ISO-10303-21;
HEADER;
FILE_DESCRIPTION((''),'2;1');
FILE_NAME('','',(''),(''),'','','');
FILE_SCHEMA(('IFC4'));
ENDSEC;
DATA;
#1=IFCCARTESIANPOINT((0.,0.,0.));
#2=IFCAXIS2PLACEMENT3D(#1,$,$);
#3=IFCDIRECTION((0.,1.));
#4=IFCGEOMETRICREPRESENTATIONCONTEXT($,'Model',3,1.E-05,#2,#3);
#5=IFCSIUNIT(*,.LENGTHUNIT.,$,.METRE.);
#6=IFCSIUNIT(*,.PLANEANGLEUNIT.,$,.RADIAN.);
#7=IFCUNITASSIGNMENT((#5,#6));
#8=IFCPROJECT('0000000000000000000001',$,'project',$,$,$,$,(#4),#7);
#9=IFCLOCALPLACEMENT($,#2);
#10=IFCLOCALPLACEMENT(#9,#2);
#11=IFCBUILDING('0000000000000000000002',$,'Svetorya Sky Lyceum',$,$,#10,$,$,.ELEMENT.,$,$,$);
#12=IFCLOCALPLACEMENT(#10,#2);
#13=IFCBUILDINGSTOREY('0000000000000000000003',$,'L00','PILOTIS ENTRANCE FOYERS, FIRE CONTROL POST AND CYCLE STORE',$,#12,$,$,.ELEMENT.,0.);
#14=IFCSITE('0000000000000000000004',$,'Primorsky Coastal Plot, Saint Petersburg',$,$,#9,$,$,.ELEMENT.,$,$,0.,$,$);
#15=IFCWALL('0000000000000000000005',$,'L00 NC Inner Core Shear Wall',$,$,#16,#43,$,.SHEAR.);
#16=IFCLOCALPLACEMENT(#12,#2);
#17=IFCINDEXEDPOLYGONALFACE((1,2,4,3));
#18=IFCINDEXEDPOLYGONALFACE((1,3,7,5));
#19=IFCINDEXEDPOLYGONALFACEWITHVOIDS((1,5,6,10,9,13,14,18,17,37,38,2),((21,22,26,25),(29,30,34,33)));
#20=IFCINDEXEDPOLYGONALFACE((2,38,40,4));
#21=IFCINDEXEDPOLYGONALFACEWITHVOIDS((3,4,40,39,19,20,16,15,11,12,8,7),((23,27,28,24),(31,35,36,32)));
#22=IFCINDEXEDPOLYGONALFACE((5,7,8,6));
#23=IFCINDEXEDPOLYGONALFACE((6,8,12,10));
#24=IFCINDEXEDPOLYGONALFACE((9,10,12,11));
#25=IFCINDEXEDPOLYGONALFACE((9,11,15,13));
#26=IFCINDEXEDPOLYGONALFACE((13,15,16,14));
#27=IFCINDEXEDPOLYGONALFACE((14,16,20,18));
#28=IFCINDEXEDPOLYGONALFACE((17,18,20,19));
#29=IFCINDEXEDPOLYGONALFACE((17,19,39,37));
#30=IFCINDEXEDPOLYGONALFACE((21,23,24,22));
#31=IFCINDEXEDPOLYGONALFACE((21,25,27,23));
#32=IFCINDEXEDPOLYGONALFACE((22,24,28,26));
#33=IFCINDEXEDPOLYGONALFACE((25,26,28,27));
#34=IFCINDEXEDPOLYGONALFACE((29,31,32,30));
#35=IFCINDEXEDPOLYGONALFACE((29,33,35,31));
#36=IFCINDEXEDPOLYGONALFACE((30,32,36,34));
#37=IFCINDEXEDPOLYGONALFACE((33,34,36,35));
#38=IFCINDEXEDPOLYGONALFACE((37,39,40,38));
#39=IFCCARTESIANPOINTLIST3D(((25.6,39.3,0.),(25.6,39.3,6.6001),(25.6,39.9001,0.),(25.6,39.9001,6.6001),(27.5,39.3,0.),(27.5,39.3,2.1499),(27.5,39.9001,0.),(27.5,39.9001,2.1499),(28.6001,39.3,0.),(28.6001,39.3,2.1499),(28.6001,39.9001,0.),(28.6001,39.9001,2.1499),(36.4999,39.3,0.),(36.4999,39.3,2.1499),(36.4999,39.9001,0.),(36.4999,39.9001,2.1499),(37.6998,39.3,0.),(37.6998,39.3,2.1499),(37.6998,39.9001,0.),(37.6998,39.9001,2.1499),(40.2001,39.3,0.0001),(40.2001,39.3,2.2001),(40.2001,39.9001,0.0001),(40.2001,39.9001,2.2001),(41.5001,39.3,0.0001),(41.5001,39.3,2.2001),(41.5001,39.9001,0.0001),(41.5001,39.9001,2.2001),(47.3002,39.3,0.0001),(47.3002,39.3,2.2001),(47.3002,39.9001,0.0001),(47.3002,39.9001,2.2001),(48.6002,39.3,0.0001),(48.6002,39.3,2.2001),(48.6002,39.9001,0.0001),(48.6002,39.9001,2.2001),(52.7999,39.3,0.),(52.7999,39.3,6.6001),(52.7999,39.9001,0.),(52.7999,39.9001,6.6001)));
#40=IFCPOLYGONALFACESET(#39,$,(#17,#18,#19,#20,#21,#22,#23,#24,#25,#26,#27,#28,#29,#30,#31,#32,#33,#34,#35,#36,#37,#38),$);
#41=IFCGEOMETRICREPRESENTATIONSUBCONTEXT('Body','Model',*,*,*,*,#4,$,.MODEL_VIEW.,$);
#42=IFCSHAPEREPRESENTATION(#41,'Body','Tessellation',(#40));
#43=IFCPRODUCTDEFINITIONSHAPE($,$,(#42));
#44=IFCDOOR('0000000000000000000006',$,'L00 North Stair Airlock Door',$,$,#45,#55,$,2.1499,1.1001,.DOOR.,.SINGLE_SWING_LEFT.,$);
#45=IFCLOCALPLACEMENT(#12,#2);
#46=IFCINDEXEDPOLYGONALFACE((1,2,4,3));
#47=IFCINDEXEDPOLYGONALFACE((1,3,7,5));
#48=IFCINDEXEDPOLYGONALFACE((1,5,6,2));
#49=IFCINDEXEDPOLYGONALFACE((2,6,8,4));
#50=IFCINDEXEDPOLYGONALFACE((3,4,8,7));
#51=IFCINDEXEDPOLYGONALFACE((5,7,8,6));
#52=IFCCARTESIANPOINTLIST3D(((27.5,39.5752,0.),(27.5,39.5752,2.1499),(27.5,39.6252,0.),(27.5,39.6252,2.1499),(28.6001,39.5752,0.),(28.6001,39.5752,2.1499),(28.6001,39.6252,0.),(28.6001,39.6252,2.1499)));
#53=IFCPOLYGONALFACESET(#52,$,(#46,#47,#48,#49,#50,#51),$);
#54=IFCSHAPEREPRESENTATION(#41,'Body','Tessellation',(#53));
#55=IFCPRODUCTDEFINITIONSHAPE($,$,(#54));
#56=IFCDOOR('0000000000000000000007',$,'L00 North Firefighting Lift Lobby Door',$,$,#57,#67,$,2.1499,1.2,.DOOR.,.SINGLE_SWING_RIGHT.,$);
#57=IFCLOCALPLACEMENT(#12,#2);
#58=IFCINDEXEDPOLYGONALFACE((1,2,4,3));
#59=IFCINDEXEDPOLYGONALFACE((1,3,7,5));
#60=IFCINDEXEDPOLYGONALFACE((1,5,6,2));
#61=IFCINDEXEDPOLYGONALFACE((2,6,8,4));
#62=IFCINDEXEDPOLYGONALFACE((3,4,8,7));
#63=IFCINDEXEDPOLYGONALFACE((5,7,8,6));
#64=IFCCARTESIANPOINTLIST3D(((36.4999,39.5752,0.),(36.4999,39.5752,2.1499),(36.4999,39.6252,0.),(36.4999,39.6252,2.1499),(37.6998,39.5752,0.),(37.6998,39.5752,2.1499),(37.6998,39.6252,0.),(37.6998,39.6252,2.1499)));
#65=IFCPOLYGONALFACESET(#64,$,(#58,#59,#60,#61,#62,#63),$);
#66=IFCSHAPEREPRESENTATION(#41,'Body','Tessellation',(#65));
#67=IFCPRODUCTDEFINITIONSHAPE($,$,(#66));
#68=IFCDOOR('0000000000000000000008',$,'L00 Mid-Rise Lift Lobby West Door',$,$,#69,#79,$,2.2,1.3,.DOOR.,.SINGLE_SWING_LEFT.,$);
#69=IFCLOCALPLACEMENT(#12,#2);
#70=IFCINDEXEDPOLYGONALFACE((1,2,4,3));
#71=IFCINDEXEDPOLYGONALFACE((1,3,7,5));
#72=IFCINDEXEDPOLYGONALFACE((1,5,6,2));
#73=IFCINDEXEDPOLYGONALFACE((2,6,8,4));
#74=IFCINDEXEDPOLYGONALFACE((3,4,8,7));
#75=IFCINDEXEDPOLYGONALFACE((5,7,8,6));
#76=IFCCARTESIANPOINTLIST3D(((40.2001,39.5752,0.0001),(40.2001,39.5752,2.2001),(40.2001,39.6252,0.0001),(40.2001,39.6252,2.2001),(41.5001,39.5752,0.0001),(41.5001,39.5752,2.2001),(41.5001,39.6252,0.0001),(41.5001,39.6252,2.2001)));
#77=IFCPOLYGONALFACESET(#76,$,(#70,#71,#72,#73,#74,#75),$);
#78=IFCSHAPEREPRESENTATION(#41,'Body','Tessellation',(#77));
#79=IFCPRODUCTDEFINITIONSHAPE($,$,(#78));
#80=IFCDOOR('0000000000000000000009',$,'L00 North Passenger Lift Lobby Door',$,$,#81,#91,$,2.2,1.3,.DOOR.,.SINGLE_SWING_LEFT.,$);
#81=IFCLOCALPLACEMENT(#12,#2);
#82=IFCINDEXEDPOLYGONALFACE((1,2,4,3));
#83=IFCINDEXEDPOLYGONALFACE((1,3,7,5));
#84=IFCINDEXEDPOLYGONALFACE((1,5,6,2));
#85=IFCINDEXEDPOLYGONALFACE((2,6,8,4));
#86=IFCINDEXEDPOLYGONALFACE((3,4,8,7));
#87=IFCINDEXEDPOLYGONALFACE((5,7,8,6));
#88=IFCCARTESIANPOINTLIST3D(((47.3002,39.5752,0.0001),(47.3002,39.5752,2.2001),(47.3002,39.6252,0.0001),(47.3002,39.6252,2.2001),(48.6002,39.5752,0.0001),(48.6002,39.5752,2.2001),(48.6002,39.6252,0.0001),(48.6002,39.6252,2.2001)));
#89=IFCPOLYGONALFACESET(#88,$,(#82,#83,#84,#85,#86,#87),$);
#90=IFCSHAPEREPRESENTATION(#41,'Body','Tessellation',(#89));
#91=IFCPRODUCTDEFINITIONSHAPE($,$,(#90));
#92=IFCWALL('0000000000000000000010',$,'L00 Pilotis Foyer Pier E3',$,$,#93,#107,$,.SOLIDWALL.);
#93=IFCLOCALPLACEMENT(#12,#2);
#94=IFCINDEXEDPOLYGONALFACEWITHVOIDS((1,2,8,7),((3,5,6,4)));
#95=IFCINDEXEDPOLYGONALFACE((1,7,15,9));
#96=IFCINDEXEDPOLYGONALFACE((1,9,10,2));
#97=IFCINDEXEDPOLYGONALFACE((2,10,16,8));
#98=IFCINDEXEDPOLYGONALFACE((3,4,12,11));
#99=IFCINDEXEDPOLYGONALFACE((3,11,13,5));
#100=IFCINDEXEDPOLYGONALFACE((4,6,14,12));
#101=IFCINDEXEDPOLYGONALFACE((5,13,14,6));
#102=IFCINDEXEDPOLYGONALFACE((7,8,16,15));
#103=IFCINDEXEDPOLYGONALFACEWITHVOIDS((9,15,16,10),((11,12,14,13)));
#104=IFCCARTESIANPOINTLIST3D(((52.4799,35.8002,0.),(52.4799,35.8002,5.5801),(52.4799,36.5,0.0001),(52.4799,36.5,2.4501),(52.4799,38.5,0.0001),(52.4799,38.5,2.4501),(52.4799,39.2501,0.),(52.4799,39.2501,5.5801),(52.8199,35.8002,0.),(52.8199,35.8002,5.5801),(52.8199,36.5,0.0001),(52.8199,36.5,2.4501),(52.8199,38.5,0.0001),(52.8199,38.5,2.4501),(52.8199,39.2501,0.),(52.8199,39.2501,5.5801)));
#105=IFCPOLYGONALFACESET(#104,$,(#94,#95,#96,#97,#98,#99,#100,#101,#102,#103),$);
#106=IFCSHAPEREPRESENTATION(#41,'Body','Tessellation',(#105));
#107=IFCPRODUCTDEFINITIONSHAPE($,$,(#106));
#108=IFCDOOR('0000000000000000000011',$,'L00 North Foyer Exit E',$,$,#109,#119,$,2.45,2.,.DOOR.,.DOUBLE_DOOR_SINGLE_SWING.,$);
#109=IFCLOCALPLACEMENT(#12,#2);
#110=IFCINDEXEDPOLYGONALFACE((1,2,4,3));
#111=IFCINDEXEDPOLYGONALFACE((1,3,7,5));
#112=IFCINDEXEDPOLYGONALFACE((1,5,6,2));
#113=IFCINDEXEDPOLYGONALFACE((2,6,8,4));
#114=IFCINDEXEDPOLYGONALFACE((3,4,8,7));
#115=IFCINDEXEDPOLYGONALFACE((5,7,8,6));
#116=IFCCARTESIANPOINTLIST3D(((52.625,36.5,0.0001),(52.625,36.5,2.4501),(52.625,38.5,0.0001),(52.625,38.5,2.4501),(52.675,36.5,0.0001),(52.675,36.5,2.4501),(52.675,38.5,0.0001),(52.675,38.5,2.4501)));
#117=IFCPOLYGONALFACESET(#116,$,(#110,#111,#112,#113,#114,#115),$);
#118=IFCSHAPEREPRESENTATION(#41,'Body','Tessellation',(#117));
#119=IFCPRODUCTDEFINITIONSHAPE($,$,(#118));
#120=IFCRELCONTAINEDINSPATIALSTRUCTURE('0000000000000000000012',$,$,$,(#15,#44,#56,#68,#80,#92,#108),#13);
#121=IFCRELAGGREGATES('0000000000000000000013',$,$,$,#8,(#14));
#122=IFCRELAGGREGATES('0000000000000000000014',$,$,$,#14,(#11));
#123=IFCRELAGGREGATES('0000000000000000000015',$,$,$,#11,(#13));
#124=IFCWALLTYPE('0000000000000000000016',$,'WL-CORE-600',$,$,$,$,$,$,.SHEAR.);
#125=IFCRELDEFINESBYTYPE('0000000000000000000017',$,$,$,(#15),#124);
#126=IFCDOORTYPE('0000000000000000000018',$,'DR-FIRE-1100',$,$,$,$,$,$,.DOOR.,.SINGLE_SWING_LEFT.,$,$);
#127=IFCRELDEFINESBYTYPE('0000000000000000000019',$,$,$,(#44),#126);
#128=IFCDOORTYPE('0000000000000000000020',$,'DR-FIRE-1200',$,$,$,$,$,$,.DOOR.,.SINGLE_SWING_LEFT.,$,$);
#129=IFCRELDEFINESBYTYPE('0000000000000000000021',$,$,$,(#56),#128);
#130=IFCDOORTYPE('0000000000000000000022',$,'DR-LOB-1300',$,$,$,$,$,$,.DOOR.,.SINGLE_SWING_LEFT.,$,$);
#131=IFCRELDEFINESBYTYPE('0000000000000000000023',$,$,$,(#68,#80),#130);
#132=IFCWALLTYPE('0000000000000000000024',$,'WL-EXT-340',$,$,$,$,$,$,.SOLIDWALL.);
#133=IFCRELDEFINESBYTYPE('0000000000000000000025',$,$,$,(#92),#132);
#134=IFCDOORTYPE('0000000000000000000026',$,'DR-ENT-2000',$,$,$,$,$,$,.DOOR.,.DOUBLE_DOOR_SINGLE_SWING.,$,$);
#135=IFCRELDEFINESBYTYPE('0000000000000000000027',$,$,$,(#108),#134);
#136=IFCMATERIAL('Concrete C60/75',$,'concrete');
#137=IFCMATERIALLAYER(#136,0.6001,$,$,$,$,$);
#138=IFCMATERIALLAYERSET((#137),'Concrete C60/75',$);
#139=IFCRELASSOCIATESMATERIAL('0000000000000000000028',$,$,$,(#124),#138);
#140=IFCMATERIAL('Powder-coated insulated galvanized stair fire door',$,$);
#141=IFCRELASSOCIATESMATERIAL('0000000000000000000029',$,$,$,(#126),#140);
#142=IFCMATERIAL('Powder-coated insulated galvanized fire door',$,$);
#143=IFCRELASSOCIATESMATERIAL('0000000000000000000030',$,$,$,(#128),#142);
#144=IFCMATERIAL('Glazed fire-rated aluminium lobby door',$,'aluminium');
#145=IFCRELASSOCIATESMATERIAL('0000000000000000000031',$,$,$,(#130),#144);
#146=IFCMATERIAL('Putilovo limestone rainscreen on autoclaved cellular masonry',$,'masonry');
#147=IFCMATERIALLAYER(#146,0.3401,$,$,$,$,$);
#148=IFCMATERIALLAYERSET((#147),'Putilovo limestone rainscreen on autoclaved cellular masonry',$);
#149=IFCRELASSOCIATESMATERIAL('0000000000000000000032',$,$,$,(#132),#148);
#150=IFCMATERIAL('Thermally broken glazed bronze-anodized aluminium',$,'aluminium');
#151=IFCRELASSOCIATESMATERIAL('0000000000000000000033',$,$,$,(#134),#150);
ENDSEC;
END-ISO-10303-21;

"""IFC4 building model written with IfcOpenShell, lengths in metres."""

from ifc_helpers import new_model, si_unit, direction, frame, frame_2d, origin, place, context, subcontext, project, spatial, rectangle, extrude, material, layer, layer_set, type_object, element, fill, save


model = new_model("IFC4")

# Units and contexts
model_context = context("Model", 3, precision=1e-05, world=origin(), true_north=direction((0.0, 1.0)))
body_context = subcontext(model_context, "Body", "Model", "MODEL_VIEW")
ifc_project = project(units=[si_unit("LENGTHUNIT", "METRE"), si_unit("PLANEANGLEUNIT", "RADIAN")], contexts=[model_context])

# Site, building, storey
site_placement = place(None, origin())
site = spatial("IfcSite", under=ifc_project, at=site_placement, Name="Primorsky Coastal Plot, Saint Petersburg", CompositionType="ELEMENT", RefElevation=0.0)
building_placement = place(site_placement, origin())
building = spatial("IfcBuilding", under=site, at=building_placement, Name="Svetorya Sky Lyceum", CompositionType="ELEMENT")
storey_placement = place(building_placement, origin())
storey = spatial("IfcBuildingStorey", under=building, at=storey_placement, Name="L00", Description="PILOTIS ENTRANCE FOYERS, FIRE CONTROL POST AND CYCLE STORE", CompositionType="ELEMENT", Elevation=0.0)

# Shared definitions
ifc_material_1 = material(Name="Concrete C60/75", Category="concrete")

# Shared definitions
ifc_layer_1 = layer(ifc_material_1, 0.6001)
ifc_layer_set_1 = layer_set([ifc_layer_1], Name="Concrete C60/75")
wall_type_1 = type_object("IfcWallType", Name="WL-CORE-600", PredefinedType="SHEAR", material=ifc_layer_set_1)

# Wall, openings, doors
wall_1_placement = place(storey_placement, frame((52.8, 39.6001, 0.0), z_axis=(0.0, 0.0, 1.0), x_axis=(-1.0, 0.0, 0.0)))
wall_1 = element("IfcWall", 1, at=wall_1_placement, inside=storey, type_object=wall_type_1, Name="L00 NC Inner Core Shear Wall", PredefinedType="SHEAR", context=body_context, shape_type="SweptSolid", body=[
    extrude(rectangle(XDim=27.2, YDim=0.6001, at=frame_2d((13.6001, 0.0))), origin(), (0.0, 0.0, 1.0), 6.6001),
])
opening_1_placement = place(wall_1_placement, frame((24.2, 0.0, 0.0)))
opening_1 = element("IfcOpeningElement", 2, at=opening_1_placement, cuts=wall_1, PredefinedType="OPENING", context=body_context, shape_type="SweptSolid", body=[
    extrude(rectangle(XDim=1.1001, YDim=2.1499, at=frame_2d((0.55, 1.075))), frame((0.0, 0.3101, 0.0), z_axis=(0.0, -1.0, 0.0), x_axis=(1.0, 0.0, 0.0)), (0.0, 0.0, 1.0), 0.6201),
])
opening_2_placement = place(wall_1_placement, frame((15.1001, 0.0, 0.0)))
opening_2 = element("IfcOpeningElement", 3, at=opening_2_placement, cuts=wall_1, PredefinedType="OPENING", context=body_context, shape_type="SweptSolid", body=[
    extrude(rectangle(XDim=1.2, YDim=2.1499, at=frame_2d((0.6001, 1.075))), frame((0.0, 0.3101, 0.0), z_axis=(0.0, -1.0, 0.0), x_axis=(1.0, 0.0, 0.0)), (0.0, 0.0, 1.0), 0.6201),
])
opening_3_placement = place(wall_1_placement, frame((11.3, 0.0, 0.0)))
opening_3 = element("IfcOpeningElement", 4, at=opening_3_placement, cuts=wall_1, PredefinedType="OPENING", context=body_context, shape_type="SweptSolid", body=[
    extrude(rectangle(XDim=1.3, YDim=2.2, at=frame_2d((0.6499, 1.1001))), frame((0.0, 0.3101, 0.0), z_axis=(0.0, -1.0, 0.0), x_axis=(1.0, 0.0, 0.0)), (0.0, 0.0, 1.0), 0.6201),
])
opening_4_placement = place(wall_1_placement, frame((4.2, 0.0, 0.0)))
opening_4 = element("IfcOpeningElement", 5, at=opening_4_placement, cuts=wall_1, PredefinedType="OPENING", context=body_context, shape_type="SweptSolid", body=[
    extrude(rectangle(XDim=1.3, YDim=2.2, at=frame_2d((0.6499, 1.1001))), frame((0.0, 0.3101, 0.0), z_axis=(0.0, -1.0, 0.0), x_axis=(1.0, 0.0, 0.0)), (0.0, 0.0, 1.0), 0.6201),
])
ifc_material_2 = material(Name="Powder-coated insulated galvanized stair fire door")
door_type_1 = type_object("IfcDoorType", Name="DR-FIRE-1100", OperationType="SINGLE_SWING_LEFT", PredefinedType="DOOR", material=ifc_material_2)
door_1_placement = place(opening_1_placement, origin())
door_1 = element("IfcDoor", 6, at=door_1_placement, inside=storey, type_object=door_type_1, Name="L00 North Stair Airlock Door", OperationType="SINGLE_SWING_LEFT", OverallHeight=2.1499, OverallWidth=1.1001, PredefinedType="DOOR", context=body_context, shape_type="SweptSolid", body=[
    extrude(rectangle(XDim=1.1001, YDim=2.1499, at=frame_2d((0.55, 1.075))), frame((0.0, 0.0249, 0.0), z_axis=(0.0, -1.0, 0.0), x_axis=(1.0, 0.0, 0.0)), (0.0, 0.0, 1.0), 0.05),
])
fill(opening_1, door_1)
ifc_material_3 = material(Name="Powder-coated insulated galvanized fire door")
door_type_2 = type_object("IfcDoorType", Name="DR-FIRE-1200", OperationType="SINGLE_SWING_LEFT", PredefinedType="DOOR", material=ifc_material_3)
door_2_placement = place(opening_2_placement, origin())
door_2 = element("IfcDoor", 7, at=door_2_placement, inside=storey, type_object=door_type_2, Name="L00 North Firefighting Lift Lobby Door", OperationType="SINGLE_SWING_RIGHT", OverallHeight=2.1499, OverallWidth=1.2, PredefinedType="DOOR", context=body_context, shape_type="SweptSolid", body=[
    extrude(rectangle(XDim=1.2, YDim=2.1499, at=frame_2d((0.6001, 1.075))), frame((0.0, 0.0249, 0.0), z_axis=(0.0, -1.0, 0.0), x_axis=(1.0, 0.0, 0.0)), (0.0, 0.0, 1.0), 0.05),
])
fill(opening_2, door_2)
ifc_material_4 = material(Name="Glazed fire-rated aluminium lobby door", Category="aluminium")
door_type_3 = type_object("IfcDoorType", Name="DR-LOB-1300", OperationType="SINGLE_SWING_LEFT", PredefinedType="DOOR", material=ifc_material_4)
door_3_placement = place(opening_3_placement, origin())
door_3 = element("IfcDoor", 8, at=door_3_placement, inside=storey, type_object=door_type_3, Name="L00 Mid-Rise Lift Lobby West Door", OperationType="SINGLE_SWING_LEFT", OverallHeight=2.2, OverallWidth=1.3, PredefinedType="DOOR", context=body_context, shape_type="SweptSolid", body=[
    extrude(rectangle(XDim=1.3, YDim=2.2, at=frame_2d((0.6499, 1.1001))), frame((0.0, 0.0249, 0.0), z_axis=(0.0, -1.0, 0.0), x_axis=(1.0, 0.0, 0.0)), (0.0, 0.0, 1.0), 0.05),
])
fill(opening_3, door_3)
door_4_placement = place(opening_4_placement, origin())
door_4 = element("IfcDoor", 9, at=door_4_placement, inside=storey, type_object=door_type_3, Name="L00 North Passenger Lift Lobby Door", OperationType="SINGLE_SWING_LEFT", OverallHeight=2.2, OverallWidth=1.3, PredefinedType="DOOR", context=body_context, shape_type="SweptSolid", body=[
    extrude(rectangle(XDim=1.3, YDim=2.2, at=frame_2d((0.6499, 1.1001))), frame((0.0, 0.0249, 0.0), z_axis=(0.0, -1.0, 0.0), x_axis=(1.0, 0.0, 0.0)), (0.0, 0.0, 1.0), 0.05),
])
fill(opening_4, door_4)

# Wall, opening, door
ifc_material_5 = material(Name="Putilovo limestone rainscreen on autoclaved cellular masonry", Category="masonry")
ifc_layer_2 = layer(ifc_material_5, 0.3401)
ifc_layer_set_2 = layer_set([ifc_layer_2], Name="Putilovo limestone rainscreen on autoclaved cellular masonry")
wall_type_2 = type_object("IfcWallType", Name="WL-EXT-340", PredefinedType="SOLIDWALL", material=ifc_layer_set_2)
wall_2_placement = place(storey_placement, frame((52.6499, 35.8, 0.0), z_axis=(0.0, 0.0, 1.0), x_axis=(0.0, 1.0, 0.0)))
wall_2 = element("IfcWall", 10, at=wall_2_placement, inside=storey, type_object=wall_type_2, Name="L00 Pilotis Foyer Pier E3", PredefinedType="SOLIDWALL", context=body_context, shape_type="SweptSolid", body=[
    extrude(rectangle(XDim=3.45, YDim=0.3401, at=frame_2d((1.7251, 0.0))), origin(), (0.0, 0.0, 1.0), 5.5801),
])
opening_5_placement = place(wall_2_placement, frame((0.7, 0.0, 0.0)))
opening_5 = element("IfcOpeningElement", 11, at=opening_5_placement, cuts=wall_2, PredefinedType="OPENING", context=body_context, shape_type="SweptSolid", body=[
    extrude(rectangle(XDim=2.0, YDim=2.45, at=frame_2d((1.0, 1.2251))), frame((0.0, 0.1799, 0.0), z_axis=(0.0, -1.0, 0.0), x_axis=(1.0, 0.0, 0.0)), (0.0, 0.0, 1.0), 0.3601),
])
ifc_material_6 = material(Name="Thermally broken glazed bronze-anodized aluminium", Category="aluminium")
door_type_4 = type_object("IfcDoorType", Name="DR-ENT-2000", OperationType="DOUBLE_DOOR_SINGLE_SWING", PredefinedType="DOOR", material=ifc_material_6)
door_5_placement = place(opening_5_placement, origin())
door_5 = element("IfcDoor", 12, at=door_5_placement, inside=storey, type_object=door_type_4, Name="L00 North Foyer Exit E", OperationType="DOUBLE_DOOR_SINGLE_SWING", OverallHeight=2.45, OverallWidth=2.0, PredefinedType="DOOR", context=body_context, shape_type="SweptSolid", body=[
    extrude(rectangle(XDim=2.0, YDim=2.45, at=frame_2d((1.0, 1.2251))), frame((0.0, 0.0249, 0.0), z_axis=(0.0, -1.0, 0.0), x_axis=(1.0, 0.0, 0.0)), (0.0, 0.0, 1.0), 0.05),
])
fill(opening_5, door_5)

save(model, "model.ifc")
